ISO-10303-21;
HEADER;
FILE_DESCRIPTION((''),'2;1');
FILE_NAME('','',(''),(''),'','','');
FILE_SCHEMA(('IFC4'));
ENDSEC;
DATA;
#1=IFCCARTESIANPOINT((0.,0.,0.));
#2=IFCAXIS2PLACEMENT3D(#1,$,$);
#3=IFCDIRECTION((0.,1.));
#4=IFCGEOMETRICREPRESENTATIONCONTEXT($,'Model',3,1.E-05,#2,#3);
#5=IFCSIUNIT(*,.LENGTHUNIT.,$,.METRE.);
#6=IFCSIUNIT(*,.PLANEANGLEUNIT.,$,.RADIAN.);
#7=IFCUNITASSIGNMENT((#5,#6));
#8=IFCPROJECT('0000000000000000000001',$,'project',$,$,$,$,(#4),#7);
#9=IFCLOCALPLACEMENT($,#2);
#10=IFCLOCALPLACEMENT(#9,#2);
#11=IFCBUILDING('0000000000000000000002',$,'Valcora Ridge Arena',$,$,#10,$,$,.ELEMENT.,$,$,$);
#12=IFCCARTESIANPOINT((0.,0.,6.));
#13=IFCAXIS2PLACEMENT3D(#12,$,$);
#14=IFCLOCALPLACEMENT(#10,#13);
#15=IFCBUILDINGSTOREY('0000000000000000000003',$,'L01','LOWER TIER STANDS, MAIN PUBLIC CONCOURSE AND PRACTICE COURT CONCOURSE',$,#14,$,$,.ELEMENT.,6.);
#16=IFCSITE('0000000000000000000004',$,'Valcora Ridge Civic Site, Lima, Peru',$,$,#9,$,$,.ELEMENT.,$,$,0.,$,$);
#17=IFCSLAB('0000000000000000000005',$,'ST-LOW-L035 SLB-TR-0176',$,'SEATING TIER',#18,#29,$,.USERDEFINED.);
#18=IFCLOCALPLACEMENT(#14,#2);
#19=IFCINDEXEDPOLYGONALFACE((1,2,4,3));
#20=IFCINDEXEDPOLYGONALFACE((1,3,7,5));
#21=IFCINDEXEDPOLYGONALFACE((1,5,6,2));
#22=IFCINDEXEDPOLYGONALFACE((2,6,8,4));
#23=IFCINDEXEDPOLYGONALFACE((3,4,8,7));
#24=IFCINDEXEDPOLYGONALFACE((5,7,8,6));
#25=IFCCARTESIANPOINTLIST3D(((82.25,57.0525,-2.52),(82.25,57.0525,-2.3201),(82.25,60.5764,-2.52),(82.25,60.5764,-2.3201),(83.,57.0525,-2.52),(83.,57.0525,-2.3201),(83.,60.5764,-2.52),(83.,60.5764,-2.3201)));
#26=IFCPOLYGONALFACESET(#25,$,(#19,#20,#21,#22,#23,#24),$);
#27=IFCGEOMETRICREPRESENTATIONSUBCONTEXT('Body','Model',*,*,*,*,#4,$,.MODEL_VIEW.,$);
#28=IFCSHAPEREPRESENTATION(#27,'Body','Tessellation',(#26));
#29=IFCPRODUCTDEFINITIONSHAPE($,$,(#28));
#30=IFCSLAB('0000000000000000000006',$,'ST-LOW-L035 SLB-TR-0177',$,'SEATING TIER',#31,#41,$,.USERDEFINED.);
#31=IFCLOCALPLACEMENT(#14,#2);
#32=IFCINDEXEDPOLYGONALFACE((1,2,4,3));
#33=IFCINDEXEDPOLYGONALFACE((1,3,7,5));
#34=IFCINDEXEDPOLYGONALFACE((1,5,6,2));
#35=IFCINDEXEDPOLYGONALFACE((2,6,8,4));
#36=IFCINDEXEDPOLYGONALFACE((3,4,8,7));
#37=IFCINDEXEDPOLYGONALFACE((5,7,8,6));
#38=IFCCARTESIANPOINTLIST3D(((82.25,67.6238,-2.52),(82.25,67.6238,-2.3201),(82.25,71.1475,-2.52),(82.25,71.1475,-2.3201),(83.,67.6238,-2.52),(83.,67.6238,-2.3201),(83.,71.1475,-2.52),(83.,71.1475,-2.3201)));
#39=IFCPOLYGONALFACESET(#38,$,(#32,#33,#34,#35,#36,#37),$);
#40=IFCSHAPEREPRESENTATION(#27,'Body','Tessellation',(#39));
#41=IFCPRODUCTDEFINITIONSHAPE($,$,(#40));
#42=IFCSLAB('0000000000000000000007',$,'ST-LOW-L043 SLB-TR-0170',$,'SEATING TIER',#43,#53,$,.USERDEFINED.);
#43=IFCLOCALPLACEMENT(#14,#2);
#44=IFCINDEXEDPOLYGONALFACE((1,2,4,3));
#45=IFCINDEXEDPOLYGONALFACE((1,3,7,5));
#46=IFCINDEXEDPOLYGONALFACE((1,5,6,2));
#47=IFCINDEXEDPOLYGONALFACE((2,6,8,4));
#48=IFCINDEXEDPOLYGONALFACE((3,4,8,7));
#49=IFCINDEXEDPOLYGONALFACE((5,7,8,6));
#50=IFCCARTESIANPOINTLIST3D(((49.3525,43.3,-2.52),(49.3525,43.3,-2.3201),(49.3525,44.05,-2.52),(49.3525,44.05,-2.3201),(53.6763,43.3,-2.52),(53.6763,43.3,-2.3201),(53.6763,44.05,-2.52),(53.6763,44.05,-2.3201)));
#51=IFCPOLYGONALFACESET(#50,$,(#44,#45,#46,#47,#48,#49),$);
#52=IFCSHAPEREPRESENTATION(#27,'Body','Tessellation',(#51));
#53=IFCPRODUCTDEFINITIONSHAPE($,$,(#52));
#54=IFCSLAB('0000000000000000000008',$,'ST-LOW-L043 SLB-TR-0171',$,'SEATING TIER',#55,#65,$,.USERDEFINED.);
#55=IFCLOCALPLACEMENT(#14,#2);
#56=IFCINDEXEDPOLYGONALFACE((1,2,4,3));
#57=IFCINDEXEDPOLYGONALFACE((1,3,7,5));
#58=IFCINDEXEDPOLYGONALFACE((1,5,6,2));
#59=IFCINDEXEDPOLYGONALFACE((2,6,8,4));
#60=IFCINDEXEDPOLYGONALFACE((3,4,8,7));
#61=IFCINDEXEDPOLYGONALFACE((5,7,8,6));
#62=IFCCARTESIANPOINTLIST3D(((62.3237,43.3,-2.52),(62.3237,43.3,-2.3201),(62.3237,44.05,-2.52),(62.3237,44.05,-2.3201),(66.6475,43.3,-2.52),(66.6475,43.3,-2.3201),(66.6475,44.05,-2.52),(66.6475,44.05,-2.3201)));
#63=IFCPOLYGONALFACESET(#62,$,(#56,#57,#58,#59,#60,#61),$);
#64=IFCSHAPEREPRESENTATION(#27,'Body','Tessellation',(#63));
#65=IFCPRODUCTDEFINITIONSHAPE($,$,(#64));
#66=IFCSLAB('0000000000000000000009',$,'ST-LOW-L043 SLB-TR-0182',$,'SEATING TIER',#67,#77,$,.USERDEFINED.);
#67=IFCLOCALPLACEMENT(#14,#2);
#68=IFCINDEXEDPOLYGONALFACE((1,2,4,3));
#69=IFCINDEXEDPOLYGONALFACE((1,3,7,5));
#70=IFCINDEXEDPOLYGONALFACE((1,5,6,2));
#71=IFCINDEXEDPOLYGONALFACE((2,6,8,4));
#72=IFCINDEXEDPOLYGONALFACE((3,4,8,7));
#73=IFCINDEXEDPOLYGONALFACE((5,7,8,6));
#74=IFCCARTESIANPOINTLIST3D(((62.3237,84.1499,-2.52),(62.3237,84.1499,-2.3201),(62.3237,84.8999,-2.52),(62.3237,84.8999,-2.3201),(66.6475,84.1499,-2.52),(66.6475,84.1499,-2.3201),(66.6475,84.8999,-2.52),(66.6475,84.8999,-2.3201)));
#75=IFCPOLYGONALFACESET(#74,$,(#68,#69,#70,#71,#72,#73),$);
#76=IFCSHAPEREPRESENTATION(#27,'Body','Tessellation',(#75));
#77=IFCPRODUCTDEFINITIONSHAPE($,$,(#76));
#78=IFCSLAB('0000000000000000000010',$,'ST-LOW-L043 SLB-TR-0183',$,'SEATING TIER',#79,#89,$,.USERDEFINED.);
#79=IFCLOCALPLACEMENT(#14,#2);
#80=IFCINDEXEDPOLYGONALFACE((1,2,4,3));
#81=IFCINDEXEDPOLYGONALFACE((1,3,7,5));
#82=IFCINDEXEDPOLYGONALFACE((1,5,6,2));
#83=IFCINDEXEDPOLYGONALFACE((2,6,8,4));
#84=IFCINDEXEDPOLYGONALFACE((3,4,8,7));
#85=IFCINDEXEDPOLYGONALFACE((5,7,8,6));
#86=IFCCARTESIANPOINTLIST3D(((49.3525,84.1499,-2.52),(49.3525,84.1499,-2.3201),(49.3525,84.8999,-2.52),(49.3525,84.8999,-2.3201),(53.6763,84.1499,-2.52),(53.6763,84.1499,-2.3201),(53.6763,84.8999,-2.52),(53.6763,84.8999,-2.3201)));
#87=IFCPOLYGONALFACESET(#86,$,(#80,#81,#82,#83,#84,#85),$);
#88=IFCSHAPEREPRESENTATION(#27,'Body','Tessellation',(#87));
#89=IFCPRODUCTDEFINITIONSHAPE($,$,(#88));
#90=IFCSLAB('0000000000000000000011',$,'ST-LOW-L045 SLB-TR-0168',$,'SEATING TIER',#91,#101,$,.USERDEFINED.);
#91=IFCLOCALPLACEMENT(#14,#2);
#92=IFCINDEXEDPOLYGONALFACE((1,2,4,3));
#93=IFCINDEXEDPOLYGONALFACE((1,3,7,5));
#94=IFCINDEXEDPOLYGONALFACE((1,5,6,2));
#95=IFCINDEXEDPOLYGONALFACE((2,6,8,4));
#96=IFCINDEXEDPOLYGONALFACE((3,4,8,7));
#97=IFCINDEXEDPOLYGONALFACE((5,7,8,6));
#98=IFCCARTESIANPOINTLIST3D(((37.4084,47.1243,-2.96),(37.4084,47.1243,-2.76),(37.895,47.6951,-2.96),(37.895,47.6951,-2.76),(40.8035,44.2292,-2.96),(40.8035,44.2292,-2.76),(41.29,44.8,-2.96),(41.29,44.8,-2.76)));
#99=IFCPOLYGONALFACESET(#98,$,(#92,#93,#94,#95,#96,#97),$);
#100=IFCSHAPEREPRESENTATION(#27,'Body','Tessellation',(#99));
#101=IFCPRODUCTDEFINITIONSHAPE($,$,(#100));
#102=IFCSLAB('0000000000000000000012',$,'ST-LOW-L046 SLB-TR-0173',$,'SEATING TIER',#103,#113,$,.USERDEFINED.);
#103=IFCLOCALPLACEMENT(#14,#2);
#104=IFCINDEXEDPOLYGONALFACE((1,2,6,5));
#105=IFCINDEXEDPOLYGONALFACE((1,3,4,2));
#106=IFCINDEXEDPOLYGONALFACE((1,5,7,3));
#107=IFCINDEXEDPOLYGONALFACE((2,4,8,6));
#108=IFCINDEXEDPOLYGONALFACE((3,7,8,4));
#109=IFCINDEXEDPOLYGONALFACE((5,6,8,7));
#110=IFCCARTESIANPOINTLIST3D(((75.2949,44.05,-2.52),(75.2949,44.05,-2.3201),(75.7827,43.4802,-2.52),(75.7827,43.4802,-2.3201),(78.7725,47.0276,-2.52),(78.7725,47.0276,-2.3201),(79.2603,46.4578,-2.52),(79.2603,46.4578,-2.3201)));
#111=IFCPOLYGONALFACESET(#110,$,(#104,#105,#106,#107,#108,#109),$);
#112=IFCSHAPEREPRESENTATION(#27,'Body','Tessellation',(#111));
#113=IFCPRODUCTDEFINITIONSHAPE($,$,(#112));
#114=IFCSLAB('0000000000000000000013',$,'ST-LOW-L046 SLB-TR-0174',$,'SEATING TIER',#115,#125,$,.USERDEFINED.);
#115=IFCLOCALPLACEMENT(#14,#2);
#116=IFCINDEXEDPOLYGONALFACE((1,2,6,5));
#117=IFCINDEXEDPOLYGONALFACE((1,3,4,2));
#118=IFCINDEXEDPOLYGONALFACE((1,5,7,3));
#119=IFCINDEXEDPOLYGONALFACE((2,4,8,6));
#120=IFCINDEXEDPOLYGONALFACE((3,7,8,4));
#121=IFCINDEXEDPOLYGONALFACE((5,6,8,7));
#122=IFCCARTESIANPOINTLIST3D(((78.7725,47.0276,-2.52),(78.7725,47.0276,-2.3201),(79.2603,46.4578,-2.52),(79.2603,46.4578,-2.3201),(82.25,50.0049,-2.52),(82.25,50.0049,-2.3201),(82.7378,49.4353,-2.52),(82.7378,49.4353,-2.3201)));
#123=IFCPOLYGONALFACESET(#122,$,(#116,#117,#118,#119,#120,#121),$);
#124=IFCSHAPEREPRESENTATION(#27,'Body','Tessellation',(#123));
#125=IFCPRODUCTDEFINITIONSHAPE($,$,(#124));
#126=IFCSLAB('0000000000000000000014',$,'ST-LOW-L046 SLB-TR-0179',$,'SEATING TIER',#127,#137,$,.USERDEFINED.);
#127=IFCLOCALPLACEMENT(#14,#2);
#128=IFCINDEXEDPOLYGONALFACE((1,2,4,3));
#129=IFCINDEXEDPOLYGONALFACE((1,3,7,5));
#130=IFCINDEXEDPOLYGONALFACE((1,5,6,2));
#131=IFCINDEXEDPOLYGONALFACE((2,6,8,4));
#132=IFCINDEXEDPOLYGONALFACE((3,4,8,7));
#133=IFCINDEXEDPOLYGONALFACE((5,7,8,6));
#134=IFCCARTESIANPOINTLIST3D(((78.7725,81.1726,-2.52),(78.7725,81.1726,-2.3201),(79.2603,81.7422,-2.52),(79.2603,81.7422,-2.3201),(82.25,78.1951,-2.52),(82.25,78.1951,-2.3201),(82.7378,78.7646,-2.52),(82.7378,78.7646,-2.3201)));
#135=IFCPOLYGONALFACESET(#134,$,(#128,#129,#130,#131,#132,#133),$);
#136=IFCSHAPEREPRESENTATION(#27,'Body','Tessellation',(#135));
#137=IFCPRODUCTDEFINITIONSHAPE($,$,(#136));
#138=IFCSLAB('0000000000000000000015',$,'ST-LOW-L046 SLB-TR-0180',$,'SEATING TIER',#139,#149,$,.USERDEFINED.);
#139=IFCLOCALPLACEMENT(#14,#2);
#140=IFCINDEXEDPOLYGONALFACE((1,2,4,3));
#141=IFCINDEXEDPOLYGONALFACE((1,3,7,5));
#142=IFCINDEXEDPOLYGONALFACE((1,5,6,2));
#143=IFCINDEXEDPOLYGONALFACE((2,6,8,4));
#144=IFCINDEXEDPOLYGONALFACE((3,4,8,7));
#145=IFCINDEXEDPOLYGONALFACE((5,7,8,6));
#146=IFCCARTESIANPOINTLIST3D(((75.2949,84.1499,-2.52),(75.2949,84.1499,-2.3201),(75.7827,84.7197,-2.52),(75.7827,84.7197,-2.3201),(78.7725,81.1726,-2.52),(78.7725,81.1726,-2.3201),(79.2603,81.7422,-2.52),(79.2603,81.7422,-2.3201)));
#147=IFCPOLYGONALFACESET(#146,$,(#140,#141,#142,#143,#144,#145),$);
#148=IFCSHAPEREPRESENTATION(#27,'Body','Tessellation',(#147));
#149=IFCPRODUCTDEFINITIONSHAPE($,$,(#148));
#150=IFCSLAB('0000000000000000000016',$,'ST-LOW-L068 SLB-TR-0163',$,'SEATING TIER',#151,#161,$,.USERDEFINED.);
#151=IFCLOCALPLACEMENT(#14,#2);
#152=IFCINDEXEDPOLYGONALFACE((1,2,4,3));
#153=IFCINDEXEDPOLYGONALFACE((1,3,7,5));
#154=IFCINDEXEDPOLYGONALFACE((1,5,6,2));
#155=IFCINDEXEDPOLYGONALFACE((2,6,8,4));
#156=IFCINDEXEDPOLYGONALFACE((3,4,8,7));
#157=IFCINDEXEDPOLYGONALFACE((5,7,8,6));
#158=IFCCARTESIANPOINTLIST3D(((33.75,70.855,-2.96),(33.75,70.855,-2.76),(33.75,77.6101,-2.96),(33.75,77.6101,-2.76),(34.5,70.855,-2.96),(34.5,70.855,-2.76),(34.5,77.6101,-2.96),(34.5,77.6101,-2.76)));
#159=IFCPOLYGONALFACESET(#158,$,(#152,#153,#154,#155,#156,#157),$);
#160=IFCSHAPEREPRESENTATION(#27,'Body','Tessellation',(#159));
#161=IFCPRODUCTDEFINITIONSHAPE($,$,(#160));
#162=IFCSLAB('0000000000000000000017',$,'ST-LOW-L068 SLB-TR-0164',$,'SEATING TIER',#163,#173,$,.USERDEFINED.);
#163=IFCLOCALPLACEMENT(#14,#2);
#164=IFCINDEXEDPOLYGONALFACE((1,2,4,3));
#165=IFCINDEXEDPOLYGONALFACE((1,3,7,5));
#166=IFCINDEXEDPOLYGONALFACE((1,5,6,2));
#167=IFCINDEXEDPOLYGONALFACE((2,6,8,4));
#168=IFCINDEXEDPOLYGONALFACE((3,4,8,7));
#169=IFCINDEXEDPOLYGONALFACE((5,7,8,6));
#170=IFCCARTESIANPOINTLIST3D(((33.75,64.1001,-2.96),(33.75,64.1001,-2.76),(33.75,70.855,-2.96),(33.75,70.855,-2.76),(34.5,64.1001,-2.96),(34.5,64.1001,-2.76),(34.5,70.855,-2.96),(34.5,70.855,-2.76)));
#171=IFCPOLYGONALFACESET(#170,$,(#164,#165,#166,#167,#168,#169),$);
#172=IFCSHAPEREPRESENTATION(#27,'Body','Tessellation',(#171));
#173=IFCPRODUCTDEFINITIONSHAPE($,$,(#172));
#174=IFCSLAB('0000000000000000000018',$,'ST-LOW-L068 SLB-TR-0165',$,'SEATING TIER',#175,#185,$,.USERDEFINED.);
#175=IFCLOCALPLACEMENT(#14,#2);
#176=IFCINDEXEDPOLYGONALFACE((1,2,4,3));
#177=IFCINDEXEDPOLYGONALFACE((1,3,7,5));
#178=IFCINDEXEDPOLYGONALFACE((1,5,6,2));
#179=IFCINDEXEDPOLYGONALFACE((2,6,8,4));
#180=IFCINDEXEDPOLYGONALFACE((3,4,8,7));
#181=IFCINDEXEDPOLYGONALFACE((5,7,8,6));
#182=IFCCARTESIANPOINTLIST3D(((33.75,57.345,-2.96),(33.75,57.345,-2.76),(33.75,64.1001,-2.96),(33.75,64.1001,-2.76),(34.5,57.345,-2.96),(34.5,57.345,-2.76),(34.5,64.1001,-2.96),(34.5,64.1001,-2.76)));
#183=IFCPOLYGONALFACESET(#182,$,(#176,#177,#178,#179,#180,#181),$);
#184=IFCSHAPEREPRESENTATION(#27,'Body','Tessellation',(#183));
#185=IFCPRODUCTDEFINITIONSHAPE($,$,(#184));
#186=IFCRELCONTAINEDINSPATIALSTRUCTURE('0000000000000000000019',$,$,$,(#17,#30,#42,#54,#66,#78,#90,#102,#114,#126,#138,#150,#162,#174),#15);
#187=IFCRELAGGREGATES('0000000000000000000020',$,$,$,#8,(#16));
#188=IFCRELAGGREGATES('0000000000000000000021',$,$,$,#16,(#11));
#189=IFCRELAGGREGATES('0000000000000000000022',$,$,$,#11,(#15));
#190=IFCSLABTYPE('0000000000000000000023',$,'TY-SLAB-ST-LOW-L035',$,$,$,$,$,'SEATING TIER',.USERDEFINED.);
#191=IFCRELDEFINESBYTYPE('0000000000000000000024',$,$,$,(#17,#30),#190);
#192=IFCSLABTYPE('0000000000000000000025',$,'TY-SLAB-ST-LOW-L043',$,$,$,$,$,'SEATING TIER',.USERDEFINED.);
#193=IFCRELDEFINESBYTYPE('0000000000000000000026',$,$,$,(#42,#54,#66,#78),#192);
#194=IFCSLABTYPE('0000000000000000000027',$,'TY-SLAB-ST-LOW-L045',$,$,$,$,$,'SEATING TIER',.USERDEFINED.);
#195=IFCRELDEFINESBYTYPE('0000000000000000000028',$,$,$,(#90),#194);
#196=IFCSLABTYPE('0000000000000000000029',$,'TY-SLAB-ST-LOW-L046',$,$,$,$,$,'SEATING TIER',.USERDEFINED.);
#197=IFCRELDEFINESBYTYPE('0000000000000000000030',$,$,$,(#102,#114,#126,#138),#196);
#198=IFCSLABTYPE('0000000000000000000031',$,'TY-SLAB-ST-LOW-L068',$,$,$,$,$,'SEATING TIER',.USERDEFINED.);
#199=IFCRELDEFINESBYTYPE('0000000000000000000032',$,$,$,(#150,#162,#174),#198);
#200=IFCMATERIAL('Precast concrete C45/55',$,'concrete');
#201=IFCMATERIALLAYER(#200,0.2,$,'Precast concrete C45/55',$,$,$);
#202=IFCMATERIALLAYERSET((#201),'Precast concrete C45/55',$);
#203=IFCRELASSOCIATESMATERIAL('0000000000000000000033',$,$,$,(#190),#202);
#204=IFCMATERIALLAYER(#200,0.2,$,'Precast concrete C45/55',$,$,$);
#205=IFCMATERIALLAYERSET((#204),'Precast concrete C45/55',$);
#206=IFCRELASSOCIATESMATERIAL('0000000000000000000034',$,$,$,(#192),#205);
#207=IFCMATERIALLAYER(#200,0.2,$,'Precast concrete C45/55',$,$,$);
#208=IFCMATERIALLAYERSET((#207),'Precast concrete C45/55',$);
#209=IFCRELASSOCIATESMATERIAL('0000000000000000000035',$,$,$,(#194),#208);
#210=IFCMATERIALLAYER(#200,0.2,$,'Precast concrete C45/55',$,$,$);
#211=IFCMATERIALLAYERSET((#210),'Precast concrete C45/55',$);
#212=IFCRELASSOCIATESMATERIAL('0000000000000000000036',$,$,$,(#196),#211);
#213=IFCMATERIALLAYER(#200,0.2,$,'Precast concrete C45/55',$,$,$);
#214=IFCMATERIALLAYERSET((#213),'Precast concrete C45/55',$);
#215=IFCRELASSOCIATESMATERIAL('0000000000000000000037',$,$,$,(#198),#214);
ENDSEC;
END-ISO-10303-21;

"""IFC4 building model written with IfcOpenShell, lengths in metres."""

from ifc_helpers import new_model, si_unit, direction, frame, origin, place, context, subcontext, project, spatial, polyline, outline, extrude, material, layer, layer_set, type_object, element, save


model = new_model("IFC4")

# Units and contexts
model_context = context("Model", 3, precision=1e-05, world=origin(), true_north=direction((0.0, 1.0)))
body_context = subcontext(model_context, "Body", "Model", "MODEL_VIEW")
ifc_project = project(units=[si_unit("LENGTHUNIT", "METRE"), si_unit("PLANEANGLEUNIT", "RADIAN")], contexts=[model_context])

# Site, building, storey
site_placement = place(None, origin())
site = spatial("IfcSite", under=ifc_project, at=site_placement, Name="Valcora Ridge Civic Site, Lima, Peru", CompositionType="ELEMENT", RefElevation=0.0)
building_placement = place(site_placement, origin())
building = spatial("IfcBuilding", under=site, at=building_placement, Name="Valcora Ridge Arena", CompositionType="ELEMENT")
storey_placement = place(building_placement, frame((0.0, 0.0, 6.0)))
storey = spatial("IfcBuildingStorey", under=building, at=storey_placement, Name="L01", Description="LOWER TIER STANDS, MAIN PUBLIC CONCOURSE AND PRACTICE COURT CONCOURSE", CompositionType="ELEMENT", Elevation=6.0)

# Slabs
ifc_material = material(Name="Precast concrete C45/55", Category="concrete")
ifc_layer_1 = layer(ifc_material, 0.2, Name="Precast concrete C45/55")
ifc_layer_set_1 = layer_set([ifc_layer_1], Name="Precast concrete C45/55")
slab_type_1 = type_object("IfcSlabType", Name="TY-SLAB-ST-LOW-L035", ElementType="SEATING TIER", PredefinedType="USERDEFINED", material=ifc_layer_set_1)
slab_1_placement = place(storey_placement, frame((0.0, 0.0, -2.52)))
element("IfcSlab", 1, at=slab_1_placement, inside=storey, type_object=slab_type_1, Name="ST-LOW-L035 SLB-TR-0176", ObjectType="SEATING TIER", PredefinedType="USERDEFINED", context=body_context, shape_type="SweptSolid", body=[
    extrude(outline(polyline([(82.25, 57.0525), (82.25, 60.5764), (83.0, 60.5764), (83.0, 57.0525), (82.25, 57.0525)])), origin(), (0.0, 0.0, 1.0), 0.2),
])
slab_2_placement = place(storey_placement, frame((0.0, 0.0, -2.52)))
element("IfcSlab", 2, at=slab_2_placement, inside=storey, type_object=slab_type_1, Name="ST-LOW-L035 SLB-TR-0177", ObjectType="SEATING TIER", PredefinedType="USERDEFINED", context=body_context, shape_type="SweptSolid", body=[
    extrude(outline(polyline([(82.25, 67.6238), (82.25, 71.1475), (83.0, 71.1475), (83.0, 67.6238), (82.25, 67.6238)])), origin(), (0.0, 0.0, 1.0), 0.2),
])
ifc_layer_2 = layer(ifc_material, 0.2, Name="Precast concrete C45/55")
ifc_layer_set_2 = layer_set([ifc_layer_2], Name="Precast concrete C45/55")
slab_type_2 = type_object("IfcSlabType", Name="TY-SLAB-ST-LOW-L043", ElementType="SEATING TIER", PredefinedType="USERDEFINED", material=ifc_layer_set_2)
slab_3_placement = place(storey_placement, frame((0.0, 0.0, -2.52)))
element("IfcSlab", 3, at=slab_3_placement, inside=storey, type_object=slab_type_2, Name="ST-LOW-L043 SLB-TR-0170", ObjectType="SEATING TIER", PredefinedType="USERDEFINED", context=body_context, shape_type="SweptSolid", body=[
    extrude(outline(polyline([(49.3525, 44.05), (53.6763, 44.05), (53.6763, 43.3), (49.3525, 43.3), (49.3525, 44.05)])), origin(), (0.0, 0.0, 1.0), 0.2),
])
slab_4_placement = place(storey_placement, frame((0.0, 0.0, -2.52)))
element("IfcSlab", 4, at=slab_4_placement, inside=storey, type_object=slab_type_2, Name="ST-LOW-L043 SLB-TR-0171", ObjectType="SEATING TIER", PredefinedType="USERDEFINED", context=body_context, shape_type="SweptSolid", body=[
    extrude(outline(polyline([(62.3237, 44.05), (66.6475, 44.05), (66.6475, 43.3), (62.3237, 43.3), (62.3237, 44.05)])), origin(), (0.0, 0.0, 1.0), 0.2),
])
slab_5_placement = place(storey_placement, frame((0.0, 0.0, -2.52)))
element("IfcSlab", 5, at=slab_5_placement, inside=storey, type_object=slab_type_2, Name="ST-LOW-L043 SLB-TR-0182", ObjectType="SEATING TIER", PredefinedType="USERDEFINED", context=body_context, shape_type="SweptSolid", body=[
    extrude(outline(polyline([(66.6475, 84.1499), (62.3237, 84.1499), (62.3237, 84.8999), (66.6475, 84.8999), (66.6475, 84.1499)])), origin(), (0.0, 0.0, 1.0), 0.2),
])
slab_6_placement = place(storey_placement, frame((0.0, 0.0, -2.52)))
element("IfcSlab", 6, at=slab_6_placement, inside=storey, type_object=slab_type_2, Name="ST-LOW-L043 SLB-TR-0183", ObjectType="SEATING TIER", PredefinedType="USERDEFINED", context=body_context, shape_type="SweptSolid", body=[
    extrude(outline(polyline([(53.6763, 84.1499), (49.3525, 84.1499), (49.3525, 84.8999), (53.6763, 84.8999), (53.6763, 84.1499)])), origin(), (0.0, 0.0, 1.0), 0.2),
])
ifc_layer_3 = layer(ifc_material, 0.2, Name="Precast concrete C45/55")
ifc_layer_set_3 = layer_set([ifc_layer_3], Name="Precast concrete C45/55")
slab_type_3 = type_object("IfcSlabType", Name="TY-SLAB-ST-LOW-L045", ElementType="SEATING TIER", PredefinedType="USERDEFINED", material=ifc_layer_set_3)
slab_7_placement = place(storey_placement, frame((0.0, 0.0, -2.96)))
element("IfcSlab", 7, at=slab_7_placement, inside=storey, type_object=slab_type_3, Name="ST-LOW-L045 SLB-TR-0168", ObjectType="SEATING TIER", PredefinedType="USERDEFINED", context=body_context, shape_type="SweptSolid", body=[
    extrude(outline(polyline([(37.895, 47.6951), (41.29, 44.8), (40.8035, 44.2292), (37.4084, 47.1243), (37.895, 47.6951)])), origin(), (0.0, 0.0, 1.0), 0.2),
])
ifc_layer_4 = layer(ifc_material, 0.2, Name="Precast concrete C45/55")
ifc_layer_set_4 = layer_set([ifc_layer_4], Name="Precast concrete C45/55")
slab_type_4 = type_object("IfcSlabType", Name="TY-SLAB-ST-LOW-L046", ElementType="SEATING TIER", PredefinedType="USERDEFINED", material=ifc_layer_set_4)
slab_8_placement = place(storey_placement, frame((0.0, 0.0, -2.52)))
element("IfcSlab", 8, at=slab_8_placement, inside=storey, type_object=slab_type_4, Name="ST-LOW-L046 SLB-TR-0173", ObjectType="SEATING TIER", PredefinedType="USERDEFINED", context=body_context, shape_type="SweptSolid", body=[
    extrude(outline(polyline([(75.2949, 44.05), (78.7725, 47.0276), (79.2603, 46.4578), (75.7827, 43.4802), (75.2949, 44.05)])), origin(), (0.0, 0.0, 1.0), 0.2),
])
slab_9_placement = place(storey_placement, frame((0.0, 0.0, -2.52)))
element("IfcSlab", 9, at=slab_9_placement, inside=storey, type_object=slab_type_4, Name="ST-LOW-L046 SLB-TR-0174", ObjectType="SEATING TIER", PredefinedType="USERDEFINED", context=body_context, shape_type="SweptSolid", body=[
    extrude(outline(polyline([(78.7725, 47.0276), (82.25, 50.0049), (82.7378, 49.4353), (79.2603, 46.4578), (78.7725, 47.0276)])), origin(), (0.0, 0.0, 1.0), 0.2),
])
slab_10_placement = place(storey_placement, frame((0.0, 0.0, -2.52)))
element("IfcSlab", 10, at=slab_10_placement, inside=storey, type_object=slab_type_4, Name="ST-LOW-L046 SLB-TR-0179", ObjectType="SEATING TIER", PredefinedType="USERDEFINED", context=body_context, shape_type="SweptSolid", body=[
    extrude(outline(polyline([(82.25, 78.1951), (78.7725, 81.1726), (79.2603, 81.7422), (82.7378, 78.7646), (82.25, 78.1951)])), origin(), (0.0, 0.0, 1.0), 0.2),
])
slab_11_placement = place(storey_placement, frame((0.0, 0.0, -2.52)))
element("IfcSlab", 11, at=slab_11_placement, inside=storey, type_object=slab_type_4, Name="ST-LOW-L046 SLB-TR-0180", ObjectType="SEATING TIER", PredefinedType="USERDEFINED", context=body_context, shape_type="SweptSolid", body=[
    extrude(outline(polyline([(78.7725, 81.1726), (75.2949, 84.1499), (75.7827, 84.7197), (79.2603, 81.7422), (78.7725, 81.1726)])), origin(), (0.0, 0.0, 1.0), 0.2),
])
ifc_layer_5 = layer(ifc_material, 0.2, Name="Precast concrete C45/55")
ifc_layer_set_5 = layer_set([ifc_layer_5], Name="Precast concrete C45/55")
slab_type_5 = type_object("IfcSlabType", Name="TY-SLAB-ST-LOW-L068", ElementType="SEATING TIER", PredefinedType="USERDEFINED", material=ifc_layer_set_5)
slab_12_placement = place(storey_placement, frame((0.0, 0.0, -2.96)))
element("IfcSlab", 12, at=slab_12_placement, inside=storey, type_object=slab_type_5, Name="ST-LOW-L068 SLB-TR-0163", ObjectType="SEATING TIER", PredefinedType="USERDEFINED", context=body_context, shape_type="SweptSolid", body=[
    extrude(outline(polyline([(34.5, 77.6101), (34.5, 70.855), (33.75, 70.855), (33.75, 77.6101), (34.5, 77.6101)])), origin(), (0.0, 0.0, 1.0), 0.2),
])
slab_13_placement = place(storey_placement, frame((0.0, 0.0, -2.96)))
element("IfcSlab", 13, at=slab_13_placement, inside=storey, type_object=slab_type_5, Name="ST-LOW-L068 SLB-TR-0164", ObjectType="SEATING TIER", PredefinedType="USERDEFINED", context=body_context, shape_type="SweptSolid", body=[
    extrude(outline(polyline([(34.5, 70.855), (34.5, 64.1001), (33.75, 64.1001), (33.75, 70.855), (34.5, 70.855)])), origin(), (0.0, 0.0, 1.0), 0.2),
])
slab_14_placement = place(storey_placement, frame((0.0, 0.0, -2.96)))
element("IfcSlab", 14, at=slab_14_placement, inside=storey, type_object=slab_type_5, Name="ST-LOW-L068 SLB-TR-0165", ObjectType="SEATING TIER", PredefinedType="USERDEFINED", context=body_context, shape_type="SweptSolid", body=[
    extrude(outline(polyline([(34.5, 64.1001), (34.5, 57.345), (33.75, 57.345), (33.75, 64.1001), (34.5, 64.1001)])), origin(), (0.0, 0.0, 1.0), 0.2),
])

save(model, "model.ifc")
